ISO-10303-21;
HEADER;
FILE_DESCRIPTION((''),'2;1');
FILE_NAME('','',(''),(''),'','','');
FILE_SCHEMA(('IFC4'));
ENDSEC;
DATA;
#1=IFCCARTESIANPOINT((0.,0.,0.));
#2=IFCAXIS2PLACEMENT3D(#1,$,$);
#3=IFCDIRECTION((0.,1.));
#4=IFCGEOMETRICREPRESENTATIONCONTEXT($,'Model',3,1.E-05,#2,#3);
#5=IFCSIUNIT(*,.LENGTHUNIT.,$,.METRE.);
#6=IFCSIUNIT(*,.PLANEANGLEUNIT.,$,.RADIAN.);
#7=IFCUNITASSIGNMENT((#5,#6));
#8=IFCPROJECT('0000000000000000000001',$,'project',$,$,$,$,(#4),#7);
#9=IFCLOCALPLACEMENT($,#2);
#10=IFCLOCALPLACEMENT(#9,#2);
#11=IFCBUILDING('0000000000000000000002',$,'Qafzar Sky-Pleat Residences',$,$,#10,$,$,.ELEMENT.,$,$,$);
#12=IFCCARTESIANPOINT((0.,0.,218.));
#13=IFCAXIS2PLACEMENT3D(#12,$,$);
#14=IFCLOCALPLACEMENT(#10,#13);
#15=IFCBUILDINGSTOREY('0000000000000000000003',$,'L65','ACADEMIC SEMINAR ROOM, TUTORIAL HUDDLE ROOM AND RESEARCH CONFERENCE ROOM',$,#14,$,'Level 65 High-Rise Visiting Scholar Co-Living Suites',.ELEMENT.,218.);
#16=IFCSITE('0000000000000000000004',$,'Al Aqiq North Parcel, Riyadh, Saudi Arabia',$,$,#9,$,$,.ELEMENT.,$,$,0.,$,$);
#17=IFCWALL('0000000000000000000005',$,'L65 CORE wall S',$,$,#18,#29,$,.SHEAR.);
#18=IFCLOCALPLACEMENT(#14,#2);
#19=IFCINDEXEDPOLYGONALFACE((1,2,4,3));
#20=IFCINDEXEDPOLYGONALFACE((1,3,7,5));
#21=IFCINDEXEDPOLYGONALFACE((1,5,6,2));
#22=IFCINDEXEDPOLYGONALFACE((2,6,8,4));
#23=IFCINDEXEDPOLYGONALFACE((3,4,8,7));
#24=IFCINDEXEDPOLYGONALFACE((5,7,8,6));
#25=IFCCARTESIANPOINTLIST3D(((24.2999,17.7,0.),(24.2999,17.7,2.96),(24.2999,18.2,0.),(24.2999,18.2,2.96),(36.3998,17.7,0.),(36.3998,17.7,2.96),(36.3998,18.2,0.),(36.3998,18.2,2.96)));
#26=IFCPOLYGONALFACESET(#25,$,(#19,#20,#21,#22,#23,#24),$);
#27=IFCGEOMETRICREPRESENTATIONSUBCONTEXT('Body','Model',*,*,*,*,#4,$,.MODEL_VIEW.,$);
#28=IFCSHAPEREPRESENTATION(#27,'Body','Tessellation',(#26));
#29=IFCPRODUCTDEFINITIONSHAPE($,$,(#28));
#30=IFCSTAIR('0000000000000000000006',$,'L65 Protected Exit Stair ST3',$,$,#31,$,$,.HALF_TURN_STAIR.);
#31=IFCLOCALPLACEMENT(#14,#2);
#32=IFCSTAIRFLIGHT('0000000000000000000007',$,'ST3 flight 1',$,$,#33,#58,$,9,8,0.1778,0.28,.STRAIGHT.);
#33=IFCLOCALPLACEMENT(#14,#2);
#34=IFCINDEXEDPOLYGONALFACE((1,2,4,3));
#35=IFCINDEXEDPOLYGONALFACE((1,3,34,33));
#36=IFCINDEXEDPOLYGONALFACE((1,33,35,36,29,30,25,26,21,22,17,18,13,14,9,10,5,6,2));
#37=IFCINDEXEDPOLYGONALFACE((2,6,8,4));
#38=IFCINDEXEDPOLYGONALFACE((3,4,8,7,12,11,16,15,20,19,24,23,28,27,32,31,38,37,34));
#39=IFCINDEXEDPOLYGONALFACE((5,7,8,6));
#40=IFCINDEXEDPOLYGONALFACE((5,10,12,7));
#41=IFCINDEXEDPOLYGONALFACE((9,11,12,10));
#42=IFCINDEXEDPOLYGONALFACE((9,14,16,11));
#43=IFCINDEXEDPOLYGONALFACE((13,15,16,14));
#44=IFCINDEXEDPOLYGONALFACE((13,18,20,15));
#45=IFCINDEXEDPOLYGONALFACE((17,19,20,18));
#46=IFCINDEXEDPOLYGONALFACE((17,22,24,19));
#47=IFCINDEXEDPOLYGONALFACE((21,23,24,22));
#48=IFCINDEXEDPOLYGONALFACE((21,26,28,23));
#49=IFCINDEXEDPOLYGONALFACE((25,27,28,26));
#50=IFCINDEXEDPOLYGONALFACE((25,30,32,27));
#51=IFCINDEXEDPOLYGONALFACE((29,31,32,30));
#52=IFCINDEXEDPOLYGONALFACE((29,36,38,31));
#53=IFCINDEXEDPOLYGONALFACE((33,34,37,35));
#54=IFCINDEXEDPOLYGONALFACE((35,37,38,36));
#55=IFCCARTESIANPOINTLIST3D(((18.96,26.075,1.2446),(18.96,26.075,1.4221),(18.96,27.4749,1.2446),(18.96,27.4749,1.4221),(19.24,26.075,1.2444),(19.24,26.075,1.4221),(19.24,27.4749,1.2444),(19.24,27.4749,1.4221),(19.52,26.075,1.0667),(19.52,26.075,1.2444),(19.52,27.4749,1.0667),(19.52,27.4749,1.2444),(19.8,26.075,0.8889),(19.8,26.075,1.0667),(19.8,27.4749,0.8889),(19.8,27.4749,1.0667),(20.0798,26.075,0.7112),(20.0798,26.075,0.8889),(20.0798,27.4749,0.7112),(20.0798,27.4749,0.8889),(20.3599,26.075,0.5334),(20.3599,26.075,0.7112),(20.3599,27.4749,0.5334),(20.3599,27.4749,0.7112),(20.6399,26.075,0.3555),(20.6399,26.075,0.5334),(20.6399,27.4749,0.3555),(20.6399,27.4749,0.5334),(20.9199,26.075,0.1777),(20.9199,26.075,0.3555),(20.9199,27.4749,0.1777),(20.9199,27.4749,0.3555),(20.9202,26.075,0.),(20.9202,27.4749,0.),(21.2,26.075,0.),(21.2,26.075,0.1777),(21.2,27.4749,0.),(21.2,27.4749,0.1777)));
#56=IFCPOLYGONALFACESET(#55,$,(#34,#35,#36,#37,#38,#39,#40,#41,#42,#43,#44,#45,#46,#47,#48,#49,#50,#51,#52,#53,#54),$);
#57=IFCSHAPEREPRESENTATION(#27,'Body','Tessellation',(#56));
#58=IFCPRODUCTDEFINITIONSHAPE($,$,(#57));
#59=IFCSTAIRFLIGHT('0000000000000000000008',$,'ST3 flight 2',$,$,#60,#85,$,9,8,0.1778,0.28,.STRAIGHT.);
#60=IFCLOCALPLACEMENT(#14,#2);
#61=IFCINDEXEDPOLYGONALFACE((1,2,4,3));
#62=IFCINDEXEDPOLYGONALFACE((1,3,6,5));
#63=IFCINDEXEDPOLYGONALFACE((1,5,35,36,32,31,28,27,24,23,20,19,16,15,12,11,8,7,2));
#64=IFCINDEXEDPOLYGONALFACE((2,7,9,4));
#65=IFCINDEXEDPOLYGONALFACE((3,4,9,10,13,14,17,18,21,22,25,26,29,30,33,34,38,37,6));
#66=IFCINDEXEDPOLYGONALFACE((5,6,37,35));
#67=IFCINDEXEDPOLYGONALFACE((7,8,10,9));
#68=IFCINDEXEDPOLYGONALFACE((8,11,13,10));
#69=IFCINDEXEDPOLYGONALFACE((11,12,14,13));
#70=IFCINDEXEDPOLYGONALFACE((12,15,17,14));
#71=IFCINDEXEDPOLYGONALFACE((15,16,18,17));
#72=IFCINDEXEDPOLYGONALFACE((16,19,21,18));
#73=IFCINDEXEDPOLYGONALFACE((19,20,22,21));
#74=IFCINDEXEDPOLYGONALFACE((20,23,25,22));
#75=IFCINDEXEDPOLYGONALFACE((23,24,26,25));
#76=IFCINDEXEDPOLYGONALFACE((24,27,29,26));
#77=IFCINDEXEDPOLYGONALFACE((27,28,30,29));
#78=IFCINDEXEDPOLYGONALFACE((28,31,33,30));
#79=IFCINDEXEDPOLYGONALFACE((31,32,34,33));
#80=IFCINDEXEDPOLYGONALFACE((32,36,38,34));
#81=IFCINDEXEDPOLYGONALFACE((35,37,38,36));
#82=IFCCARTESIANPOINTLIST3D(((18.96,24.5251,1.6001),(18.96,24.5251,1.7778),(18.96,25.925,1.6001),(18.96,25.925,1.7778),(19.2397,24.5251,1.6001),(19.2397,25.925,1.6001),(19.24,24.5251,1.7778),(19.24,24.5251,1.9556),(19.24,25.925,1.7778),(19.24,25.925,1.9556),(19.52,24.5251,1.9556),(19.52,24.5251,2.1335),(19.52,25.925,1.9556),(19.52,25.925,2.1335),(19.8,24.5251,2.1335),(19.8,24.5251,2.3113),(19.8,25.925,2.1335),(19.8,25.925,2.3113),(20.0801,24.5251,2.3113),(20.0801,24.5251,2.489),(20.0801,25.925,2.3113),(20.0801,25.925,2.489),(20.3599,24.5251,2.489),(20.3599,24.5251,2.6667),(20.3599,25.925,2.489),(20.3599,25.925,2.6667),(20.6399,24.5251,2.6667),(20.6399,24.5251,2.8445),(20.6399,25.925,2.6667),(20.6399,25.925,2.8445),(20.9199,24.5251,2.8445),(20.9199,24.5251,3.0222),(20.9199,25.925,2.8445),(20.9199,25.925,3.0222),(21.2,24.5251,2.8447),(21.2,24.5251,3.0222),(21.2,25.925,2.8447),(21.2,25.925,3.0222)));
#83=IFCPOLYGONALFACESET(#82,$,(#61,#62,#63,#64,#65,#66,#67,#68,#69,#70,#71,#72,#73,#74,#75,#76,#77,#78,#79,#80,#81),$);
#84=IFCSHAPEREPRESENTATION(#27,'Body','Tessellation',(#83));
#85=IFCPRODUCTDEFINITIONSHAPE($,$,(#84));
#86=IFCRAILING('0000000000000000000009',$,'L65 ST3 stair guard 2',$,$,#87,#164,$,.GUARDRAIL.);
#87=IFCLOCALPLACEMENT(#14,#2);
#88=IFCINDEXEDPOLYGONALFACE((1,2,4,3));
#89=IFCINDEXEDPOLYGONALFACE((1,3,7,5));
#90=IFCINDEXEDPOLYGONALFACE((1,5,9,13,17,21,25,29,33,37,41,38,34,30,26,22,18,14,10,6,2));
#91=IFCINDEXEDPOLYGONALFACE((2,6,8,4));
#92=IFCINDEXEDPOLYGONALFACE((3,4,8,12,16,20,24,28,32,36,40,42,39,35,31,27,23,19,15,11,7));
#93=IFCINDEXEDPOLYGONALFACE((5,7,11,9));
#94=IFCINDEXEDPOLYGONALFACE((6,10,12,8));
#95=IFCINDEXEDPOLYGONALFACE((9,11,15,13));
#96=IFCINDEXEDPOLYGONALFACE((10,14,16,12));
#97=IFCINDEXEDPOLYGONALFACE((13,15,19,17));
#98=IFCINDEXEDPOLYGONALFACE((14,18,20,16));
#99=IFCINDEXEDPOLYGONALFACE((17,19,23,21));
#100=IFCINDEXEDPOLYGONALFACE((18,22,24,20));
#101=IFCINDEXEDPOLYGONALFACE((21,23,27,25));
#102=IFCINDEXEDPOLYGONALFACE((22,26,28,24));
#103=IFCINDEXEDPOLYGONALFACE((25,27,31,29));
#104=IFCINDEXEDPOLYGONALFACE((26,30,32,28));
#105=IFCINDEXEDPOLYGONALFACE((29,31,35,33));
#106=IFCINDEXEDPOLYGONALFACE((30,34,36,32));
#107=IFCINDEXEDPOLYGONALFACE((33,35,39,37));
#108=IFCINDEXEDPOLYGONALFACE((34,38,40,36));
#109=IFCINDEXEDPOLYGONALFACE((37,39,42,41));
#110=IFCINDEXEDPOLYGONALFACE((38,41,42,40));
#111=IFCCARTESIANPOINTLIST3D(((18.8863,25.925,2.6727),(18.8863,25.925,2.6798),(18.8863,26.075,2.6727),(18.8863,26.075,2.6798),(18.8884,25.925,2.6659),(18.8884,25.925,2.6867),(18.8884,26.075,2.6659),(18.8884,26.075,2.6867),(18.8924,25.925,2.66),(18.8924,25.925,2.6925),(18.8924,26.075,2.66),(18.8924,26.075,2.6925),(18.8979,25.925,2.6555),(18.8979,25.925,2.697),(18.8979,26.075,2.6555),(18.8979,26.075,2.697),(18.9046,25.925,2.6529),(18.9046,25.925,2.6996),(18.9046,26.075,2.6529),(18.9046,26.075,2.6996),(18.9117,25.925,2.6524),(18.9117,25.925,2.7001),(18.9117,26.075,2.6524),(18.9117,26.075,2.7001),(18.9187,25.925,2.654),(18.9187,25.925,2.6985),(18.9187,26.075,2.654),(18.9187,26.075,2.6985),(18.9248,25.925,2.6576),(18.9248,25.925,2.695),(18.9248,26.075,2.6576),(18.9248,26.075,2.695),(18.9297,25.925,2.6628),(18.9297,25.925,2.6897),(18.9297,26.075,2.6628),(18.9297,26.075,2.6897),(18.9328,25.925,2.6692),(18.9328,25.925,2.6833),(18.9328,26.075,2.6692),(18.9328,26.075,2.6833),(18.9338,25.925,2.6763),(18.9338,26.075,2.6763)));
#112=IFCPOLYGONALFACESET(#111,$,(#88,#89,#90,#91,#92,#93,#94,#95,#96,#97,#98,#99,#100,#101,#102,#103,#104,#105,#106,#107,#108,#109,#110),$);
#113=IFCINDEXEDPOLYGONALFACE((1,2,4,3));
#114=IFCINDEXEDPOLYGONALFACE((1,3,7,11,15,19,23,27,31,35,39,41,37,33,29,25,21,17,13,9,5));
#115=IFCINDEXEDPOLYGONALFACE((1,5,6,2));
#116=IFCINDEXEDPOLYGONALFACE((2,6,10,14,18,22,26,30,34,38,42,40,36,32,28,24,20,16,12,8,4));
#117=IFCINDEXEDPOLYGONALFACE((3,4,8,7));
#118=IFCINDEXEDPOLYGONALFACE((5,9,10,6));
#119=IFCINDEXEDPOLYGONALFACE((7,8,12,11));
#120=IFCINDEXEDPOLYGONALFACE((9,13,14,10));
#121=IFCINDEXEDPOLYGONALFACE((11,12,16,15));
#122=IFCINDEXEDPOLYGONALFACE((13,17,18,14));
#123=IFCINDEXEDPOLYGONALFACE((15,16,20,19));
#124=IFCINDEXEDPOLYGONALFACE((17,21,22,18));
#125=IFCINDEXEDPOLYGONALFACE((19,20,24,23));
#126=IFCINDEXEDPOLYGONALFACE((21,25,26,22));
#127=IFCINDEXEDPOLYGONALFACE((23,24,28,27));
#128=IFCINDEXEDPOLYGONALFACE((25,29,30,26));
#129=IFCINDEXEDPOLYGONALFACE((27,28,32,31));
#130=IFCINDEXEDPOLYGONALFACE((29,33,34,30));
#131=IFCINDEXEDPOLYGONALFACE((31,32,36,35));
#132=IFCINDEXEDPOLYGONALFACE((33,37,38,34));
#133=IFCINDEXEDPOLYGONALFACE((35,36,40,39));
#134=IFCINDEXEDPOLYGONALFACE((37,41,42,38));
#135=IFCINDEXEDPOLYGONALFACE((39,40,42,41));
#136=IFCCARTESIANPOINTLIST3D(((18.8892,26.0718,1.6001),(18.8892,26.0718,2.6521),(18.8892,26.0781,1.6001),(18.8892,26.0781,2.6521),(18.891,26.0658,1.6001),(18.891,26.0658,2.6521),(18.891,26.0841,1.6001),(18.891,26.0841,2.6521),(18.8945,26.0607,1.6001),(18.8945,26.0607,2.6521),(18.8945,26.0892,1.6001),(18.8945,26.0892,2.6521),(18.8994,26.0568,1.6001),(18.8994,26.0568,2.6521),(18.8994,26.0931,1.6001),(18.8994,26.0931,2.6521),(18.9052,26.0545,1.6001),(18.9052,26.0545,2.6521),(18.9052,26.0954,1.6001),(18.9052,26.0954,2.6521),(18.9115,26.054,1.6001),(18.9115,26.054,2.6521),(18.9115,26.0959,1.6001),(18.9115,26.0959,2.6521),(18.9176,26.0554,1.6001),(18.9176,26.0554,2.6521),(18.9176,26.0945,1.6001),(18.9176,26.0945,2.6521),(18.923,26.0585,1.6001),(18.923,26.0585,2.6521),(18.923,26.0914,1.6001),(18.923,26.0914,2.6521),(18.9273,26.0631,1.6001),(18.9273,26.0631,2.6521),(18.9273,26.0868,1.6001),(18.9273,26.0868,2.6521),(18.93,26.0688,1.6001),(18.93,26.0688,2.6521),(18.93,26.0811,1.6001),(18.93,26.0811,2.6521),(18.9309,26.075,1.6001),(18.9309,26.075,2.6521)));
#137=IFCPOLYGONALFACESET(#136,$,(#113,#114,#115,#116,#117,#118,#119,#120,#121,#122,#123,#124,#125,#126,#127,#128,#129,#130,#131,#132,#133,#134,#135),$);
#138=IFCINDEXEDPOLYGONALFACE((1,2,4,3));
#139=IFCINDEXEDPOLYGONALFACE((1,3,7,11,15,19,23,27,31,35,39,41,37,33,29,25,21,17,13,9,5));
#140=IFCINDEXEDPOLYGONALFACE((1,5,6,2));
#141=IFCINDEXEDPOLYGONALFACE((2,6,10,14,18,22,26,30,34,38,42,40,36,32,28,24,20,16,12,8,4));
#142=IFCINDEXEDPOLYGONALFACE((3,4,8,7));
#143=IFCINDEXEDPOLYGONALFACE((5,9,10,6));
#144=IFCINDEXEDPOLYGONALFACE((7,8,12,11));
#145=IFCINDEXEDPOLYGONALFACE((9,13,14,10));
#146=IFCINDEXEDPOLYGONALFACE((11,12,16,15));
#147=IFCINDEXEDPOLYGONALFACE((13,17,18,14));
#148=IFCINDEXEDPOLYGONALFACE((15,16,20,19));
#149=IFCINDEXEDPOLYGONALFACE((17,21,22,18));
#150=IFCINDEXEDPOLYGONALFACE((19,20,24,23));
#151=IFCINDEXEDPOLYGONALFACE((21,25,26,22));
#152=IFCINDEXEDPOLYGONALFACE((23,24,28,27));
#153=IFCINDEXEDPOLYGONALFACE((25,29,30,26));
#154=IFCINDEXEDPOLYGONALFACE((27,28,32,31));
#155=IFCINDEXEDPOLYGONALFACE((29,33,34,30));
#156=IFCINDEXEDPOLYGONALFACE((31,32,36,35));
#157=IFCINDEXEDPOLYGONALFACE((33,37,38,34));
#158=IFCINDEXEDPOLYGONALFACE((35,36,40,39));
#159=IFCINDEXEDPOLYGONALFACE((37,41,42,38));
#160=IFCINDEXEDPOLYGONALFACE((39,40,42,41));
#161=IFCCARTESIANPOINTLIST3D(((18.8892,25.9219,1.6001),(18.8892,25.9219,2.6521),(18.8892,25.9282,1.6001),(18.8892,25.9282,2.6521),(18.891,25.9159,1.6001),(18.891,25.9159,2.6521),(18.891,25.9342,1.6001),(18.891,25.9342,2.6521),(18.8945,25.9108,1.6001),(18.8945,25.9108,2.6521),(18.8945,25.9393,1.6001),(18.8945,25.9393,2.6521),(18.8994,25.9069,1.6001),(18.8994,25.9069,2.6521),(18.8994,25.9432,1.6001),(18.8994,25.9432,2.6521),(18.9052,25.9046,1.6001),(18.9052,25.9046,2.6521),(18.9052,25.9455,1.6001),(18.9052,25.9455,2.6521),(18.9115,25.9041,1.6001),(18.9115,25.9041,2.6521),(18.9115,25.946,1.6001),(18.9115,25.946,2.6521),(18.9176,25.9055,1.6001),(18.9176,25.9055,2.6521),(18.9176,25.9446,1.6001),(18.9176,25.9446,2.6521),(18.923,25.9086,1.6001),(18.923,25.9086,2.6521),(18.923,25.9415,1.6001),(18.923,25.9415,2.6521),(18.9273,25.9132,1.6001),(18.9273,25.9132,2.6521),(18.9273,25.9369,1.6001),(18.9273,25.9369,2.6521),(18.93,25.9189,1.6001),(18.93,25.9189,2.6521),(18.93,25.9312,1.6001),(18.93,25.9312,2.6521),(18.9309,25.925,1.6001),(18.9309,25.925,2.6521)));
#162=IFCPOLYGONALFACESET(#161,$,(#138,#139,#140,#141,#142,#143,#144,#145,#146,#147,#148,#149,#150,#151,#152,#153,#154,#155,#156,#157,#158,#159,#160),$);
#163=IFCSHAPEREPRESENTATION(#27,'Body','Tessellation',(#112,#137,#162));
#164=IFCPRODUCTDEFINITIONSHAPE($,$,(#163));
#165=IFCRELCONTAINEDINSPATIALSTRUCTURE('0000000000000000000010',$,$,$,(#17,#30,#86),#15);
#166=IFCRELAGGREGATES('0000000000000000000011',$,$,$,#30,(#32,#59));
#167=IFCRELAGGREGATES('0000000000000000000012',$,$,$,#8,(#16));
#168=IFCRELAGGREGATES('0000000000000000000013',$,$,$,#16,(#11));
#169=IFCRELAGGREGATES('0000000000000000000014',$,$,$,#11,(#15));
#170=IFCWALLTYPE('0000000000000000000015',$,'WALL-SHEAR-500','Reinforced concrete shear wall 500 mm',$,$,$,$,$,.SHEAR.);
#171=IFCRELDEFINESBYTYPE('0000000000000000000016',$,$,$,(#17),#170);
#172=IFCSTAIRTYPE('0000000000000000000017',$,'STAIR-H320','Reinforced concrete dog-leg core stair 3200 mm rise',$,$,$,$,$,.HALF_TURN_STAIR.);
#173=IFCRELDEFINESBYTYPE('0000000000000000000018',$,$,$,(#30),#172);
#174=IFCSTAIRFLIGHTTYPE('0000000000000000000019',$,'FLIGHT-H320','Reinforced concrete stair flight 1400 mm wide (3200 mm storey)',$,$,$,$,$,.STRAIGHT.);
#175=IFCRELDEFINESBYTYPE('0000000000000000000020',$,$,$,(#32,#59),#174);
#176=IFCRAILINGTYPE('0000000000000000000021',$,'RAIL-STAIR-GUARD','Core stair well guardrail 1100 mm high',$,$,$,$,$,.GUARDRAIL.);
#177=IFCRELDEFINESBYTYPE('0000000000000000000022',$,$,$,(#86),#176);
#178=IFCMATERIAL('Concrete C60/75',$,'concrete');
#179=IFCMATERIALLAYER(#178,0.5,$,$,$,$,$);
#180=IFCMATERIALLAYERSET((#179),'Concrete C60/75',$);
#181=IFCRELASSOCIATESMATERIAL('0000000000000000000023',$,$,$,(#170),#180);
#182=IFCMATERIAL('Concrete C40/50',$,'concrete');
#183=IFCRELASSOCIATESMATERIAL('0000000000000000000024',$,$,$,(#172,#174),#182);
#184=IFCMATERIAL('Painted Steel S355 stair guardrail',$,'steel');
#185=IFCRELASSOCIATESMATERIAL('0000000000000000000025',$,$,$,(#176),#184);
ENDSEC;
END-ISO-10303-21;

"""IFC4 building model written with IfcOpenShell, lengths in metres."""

from ifc_helpers import new_model, si_unit, direction, frame, frame_2d, origin, origin_2d, place, context, subcontext, project, spatial, polyline, rectangle, circle, outline, extrude, source, transform, mapped, material, layer, layer_set, type_object, element, aggregate, save


model = new_model("IFC4")

# Units and contexts
model_context = context("Model", 3, precision=1e-05, world=origin(), true_north=direction((0.0, 1.0)))
body_context = subcontext(model_context, "Body", "Model", "MODEL_VIEW")
ifc_project = project(units=[si_unit("LENGTHUNIT", "METRE"), si_unit("PLANEANGLEUNIT", "RADIAN")], contexts=[model_context])

# Site, building, storey
site_placement = place(None, origin())
site = spatial("IfcSite", under=ifc_project, at=site_placement, Name="Al Aqiq North Parcel, Riyadh, Saudi Arabia", CompositionType="ELEMENT", RefElevation=0.0)
building_placement = place(site_placement, origin())
building = spatial("IfcBuilding", under=site, at=building_placement, Name="Qafzar Sky-Pleat Residences", CompositionType="ELEMENT")
storey_placement = place(building_placement, frame((0.0, 0.0, 218.0)))
storey = spatial("IfcBuildingStorey", under=building, at=storey_placement, Name="L65", Description="ACADEMIC SEMINAR ROOM, TUTORIAL HUDDLE ROOM AND RESEARCH CONFERENCE ROOM", LongName="Level 65 High-Rise Visiting Scholar Co-Living Suites", CompositionType="ELEMENT", Elevation=218.0)

# Shared definitions
ifc_material_1 = material(Name="Concrete C60/75", Category="concrete")

# Wall
ifc_layer_1 = layer(ifc_material_1, 0.5)
ifc_layer_set_1 = layer_set([ifc_layer_1], Name="Concrete C60/75")
wall_type_1 = type_object("IfcWallType", Name="WALL-SHEAR-500", Description="Reinforced concrete shear wall 500 mm", PredefinedType="SHEAR", material=ifc_layer_set_1)
wall_1_placement = place(storey_placement, frame((24.3, 17.95, 0.0), z_axis=(0.0, 0.0, 1.0), x_axis=(1.0, 0.0, 0.0)))
element("IfcWall", 1, at=wall_1_placement, inside=storey, type_object=wall_type_1, Name="L65 CORE wall S", PredefinedType="SHEAR", context=body_context, shape_type="SweptSolid", body=[
    extrude(rectangle(XDim=12.0999, YDim=0.5, at=frame_2d((6.0498, 0.0))), origin(), (0.0, 0.0, 1.0), 2.96),
])

# Stair, stair flights
ifc_material_2 = material(Name="Concrete C40/50", Category="concrete")
stair_type = type_object("IfcStairType", Name="STAIR-H320", Description="Reinforced concrete dog-leg core stair 3200 mm rise", PredefinedType="HALF_TURN_STAIR", material=ifc_material_2)
stair_placement = place(storey_placement, origin())
stair = element("IfcStair", 2, at=stair_placement, inside=storey, type_object=stair_type, Name="L65 Protected Exit Stair ST3", PredefinedType="HALF_TURN_STAIR")
stair_flight_type = type_object("IfcStairFlightType", Name="FLIGHT-H320", Description="Reinforced concrete stair flight 1400 mm wide (3200 mm storey)", PredefinedType="STRAIGHT", material=ifc_material_2)
shared_shape_1 = source(origin(), body_context, "Body", "SweptSolid", [
    extrude(outline(polyline([(0.0, 0.0), (0.0, 0.1777), (0.28, 0.1777), (0.28, 0.3555), (0.5601, 0.3555), (0.5601, 0.5334), (0.8401, 0.5334), (0.8401, 0.7112), (1.1201, 0.7112), (1.1201, 0.8889), (1.3999, 0.8889), (1.3999, 1.0667), (1.6799, 1.0667), (1.6799, 1.2444), (1.96, 1.2444), (1.96, 1.4221), (2.24, 1.4221), (2.24, 1.6001), (2.24, 1.2446), (0.2798, 0.0), (0.0, 0.0)])), frame((0.0, 0.7, 0.0), z_axis=(0.0, -1.0, 0.0), x_axis=(1.0, 0.0, 0.0)), (0.0, 0.0, 1.0), 1.3999),
])
stair_flight_1_placement = place(storey_placement, frame((21.2, 26.7749, 0.0), z_axis=(0.0, 0.0, 1.0), x_axis=(-1.0, 0.0, 0.0)))
stair_flight_1 = element("IfcStairFlight", 3, at=stair_flight_1_placement, type_object=stair_flight_type, Name="ST3 flight 1", NumberOfRisers=9, NumberOfTreads=8, PredefinedType="STRAIGHT", RiserHeight=0.1778, TreadLength=0.28, context=body_context, shape_type="MappedRepresentation", body=[
    mapped(shared_shape_1, transform((0.0, 0.0, 0.0), x_axis=(1.0, 0.0, 0.0), y_axis=(0.0, 1.0, 0.0), z_axis=(0.0, 0.0, 1.0), scale=1.0)),
])
stair_flight_2_placement = place(storey_placement, frame((18.96, 25.2251, 1.6001), z_axis=(0.0, 0.0, 1.0), x_axis=(1.0, 0.0, 0.0)))
stair_flight_2 = element("IfcStairFlight", 4, at=stair_flight_2_placement, type_object=stair_flight_type, Name="ST3 flight 2", NumberOfRisers=9, NumberOfTreads=8, PredefinedType="STRAIGHT", RiserHeight=0.1778, TreadLength=0.28, context=body_context, shape_type="MappedRepresentation", body=[
    mapped(shared_shape_1, transform((0.0, 0.0, 0.0), x_axis=(1.0, 0.0, 0.0), y_axis=(0.0, 1.0, 0.0), z_axis=(0.0, 0.0, 1.0), scale=1.0)),
])
aggregate(stair, [stair_flight_1, stair_flight_2])

# Railing
ifc_material_3 = material(Name="Painted Steel S355 stair guardrail", Category="steel")
railing_type_1 = type_object("IfcRailingType", Name="RAIL-STAIR-GUARD", Description="Core stair well guardrail 1100 mm high", PredefinedType="GUARDRAIL", material=ifc_material_3)
shared_shape_2 = source(origin(), body_context, "Body", "SweptSolid", [
    extrude(circle(Radius=0.0239, at=origin_2d()), frame((0.0, 0.0, 1.0762), z_axis=(0.0, -1.0, 0.0), x_axis=(1.0, 0.0, 0.0)), (0.0, 0.0, 1.0), 0.1499),
    extrude(circle(Radius=0.021, at=origin_2d()), origin(), (0.0, 0.0, 1.0), 1.052),
    extrude(circle(Radius=0.021, at=origin_2d()), frame((0.0, -0.1499, 0.0)), (0.0, 0.0, 1.0), 1.052),
])
for number, where, name in (
    (5, (18.9099, 26.075, 1.6001), "L65 ST3 stair guard 2"),
):
    element("IfcRailing", number, at=place(storey_placement, frame(where)), inside=storey, type_object=railing_type_1, Name=name, PredefinedType="GUARDRAIL", context=body_context, shape_type="MappedRepresentation", body=[
        mapped(shared_shape_2, transform((0.0, 0.0, 0.0), x_axis=(1.0, 0.0, 0.0), y_axis=(0.0, 1.0, 0.0), z_axis=(0.0, 0.0, 1.0), scale=1.0)),
    ])

save(model, "model.ifc")
